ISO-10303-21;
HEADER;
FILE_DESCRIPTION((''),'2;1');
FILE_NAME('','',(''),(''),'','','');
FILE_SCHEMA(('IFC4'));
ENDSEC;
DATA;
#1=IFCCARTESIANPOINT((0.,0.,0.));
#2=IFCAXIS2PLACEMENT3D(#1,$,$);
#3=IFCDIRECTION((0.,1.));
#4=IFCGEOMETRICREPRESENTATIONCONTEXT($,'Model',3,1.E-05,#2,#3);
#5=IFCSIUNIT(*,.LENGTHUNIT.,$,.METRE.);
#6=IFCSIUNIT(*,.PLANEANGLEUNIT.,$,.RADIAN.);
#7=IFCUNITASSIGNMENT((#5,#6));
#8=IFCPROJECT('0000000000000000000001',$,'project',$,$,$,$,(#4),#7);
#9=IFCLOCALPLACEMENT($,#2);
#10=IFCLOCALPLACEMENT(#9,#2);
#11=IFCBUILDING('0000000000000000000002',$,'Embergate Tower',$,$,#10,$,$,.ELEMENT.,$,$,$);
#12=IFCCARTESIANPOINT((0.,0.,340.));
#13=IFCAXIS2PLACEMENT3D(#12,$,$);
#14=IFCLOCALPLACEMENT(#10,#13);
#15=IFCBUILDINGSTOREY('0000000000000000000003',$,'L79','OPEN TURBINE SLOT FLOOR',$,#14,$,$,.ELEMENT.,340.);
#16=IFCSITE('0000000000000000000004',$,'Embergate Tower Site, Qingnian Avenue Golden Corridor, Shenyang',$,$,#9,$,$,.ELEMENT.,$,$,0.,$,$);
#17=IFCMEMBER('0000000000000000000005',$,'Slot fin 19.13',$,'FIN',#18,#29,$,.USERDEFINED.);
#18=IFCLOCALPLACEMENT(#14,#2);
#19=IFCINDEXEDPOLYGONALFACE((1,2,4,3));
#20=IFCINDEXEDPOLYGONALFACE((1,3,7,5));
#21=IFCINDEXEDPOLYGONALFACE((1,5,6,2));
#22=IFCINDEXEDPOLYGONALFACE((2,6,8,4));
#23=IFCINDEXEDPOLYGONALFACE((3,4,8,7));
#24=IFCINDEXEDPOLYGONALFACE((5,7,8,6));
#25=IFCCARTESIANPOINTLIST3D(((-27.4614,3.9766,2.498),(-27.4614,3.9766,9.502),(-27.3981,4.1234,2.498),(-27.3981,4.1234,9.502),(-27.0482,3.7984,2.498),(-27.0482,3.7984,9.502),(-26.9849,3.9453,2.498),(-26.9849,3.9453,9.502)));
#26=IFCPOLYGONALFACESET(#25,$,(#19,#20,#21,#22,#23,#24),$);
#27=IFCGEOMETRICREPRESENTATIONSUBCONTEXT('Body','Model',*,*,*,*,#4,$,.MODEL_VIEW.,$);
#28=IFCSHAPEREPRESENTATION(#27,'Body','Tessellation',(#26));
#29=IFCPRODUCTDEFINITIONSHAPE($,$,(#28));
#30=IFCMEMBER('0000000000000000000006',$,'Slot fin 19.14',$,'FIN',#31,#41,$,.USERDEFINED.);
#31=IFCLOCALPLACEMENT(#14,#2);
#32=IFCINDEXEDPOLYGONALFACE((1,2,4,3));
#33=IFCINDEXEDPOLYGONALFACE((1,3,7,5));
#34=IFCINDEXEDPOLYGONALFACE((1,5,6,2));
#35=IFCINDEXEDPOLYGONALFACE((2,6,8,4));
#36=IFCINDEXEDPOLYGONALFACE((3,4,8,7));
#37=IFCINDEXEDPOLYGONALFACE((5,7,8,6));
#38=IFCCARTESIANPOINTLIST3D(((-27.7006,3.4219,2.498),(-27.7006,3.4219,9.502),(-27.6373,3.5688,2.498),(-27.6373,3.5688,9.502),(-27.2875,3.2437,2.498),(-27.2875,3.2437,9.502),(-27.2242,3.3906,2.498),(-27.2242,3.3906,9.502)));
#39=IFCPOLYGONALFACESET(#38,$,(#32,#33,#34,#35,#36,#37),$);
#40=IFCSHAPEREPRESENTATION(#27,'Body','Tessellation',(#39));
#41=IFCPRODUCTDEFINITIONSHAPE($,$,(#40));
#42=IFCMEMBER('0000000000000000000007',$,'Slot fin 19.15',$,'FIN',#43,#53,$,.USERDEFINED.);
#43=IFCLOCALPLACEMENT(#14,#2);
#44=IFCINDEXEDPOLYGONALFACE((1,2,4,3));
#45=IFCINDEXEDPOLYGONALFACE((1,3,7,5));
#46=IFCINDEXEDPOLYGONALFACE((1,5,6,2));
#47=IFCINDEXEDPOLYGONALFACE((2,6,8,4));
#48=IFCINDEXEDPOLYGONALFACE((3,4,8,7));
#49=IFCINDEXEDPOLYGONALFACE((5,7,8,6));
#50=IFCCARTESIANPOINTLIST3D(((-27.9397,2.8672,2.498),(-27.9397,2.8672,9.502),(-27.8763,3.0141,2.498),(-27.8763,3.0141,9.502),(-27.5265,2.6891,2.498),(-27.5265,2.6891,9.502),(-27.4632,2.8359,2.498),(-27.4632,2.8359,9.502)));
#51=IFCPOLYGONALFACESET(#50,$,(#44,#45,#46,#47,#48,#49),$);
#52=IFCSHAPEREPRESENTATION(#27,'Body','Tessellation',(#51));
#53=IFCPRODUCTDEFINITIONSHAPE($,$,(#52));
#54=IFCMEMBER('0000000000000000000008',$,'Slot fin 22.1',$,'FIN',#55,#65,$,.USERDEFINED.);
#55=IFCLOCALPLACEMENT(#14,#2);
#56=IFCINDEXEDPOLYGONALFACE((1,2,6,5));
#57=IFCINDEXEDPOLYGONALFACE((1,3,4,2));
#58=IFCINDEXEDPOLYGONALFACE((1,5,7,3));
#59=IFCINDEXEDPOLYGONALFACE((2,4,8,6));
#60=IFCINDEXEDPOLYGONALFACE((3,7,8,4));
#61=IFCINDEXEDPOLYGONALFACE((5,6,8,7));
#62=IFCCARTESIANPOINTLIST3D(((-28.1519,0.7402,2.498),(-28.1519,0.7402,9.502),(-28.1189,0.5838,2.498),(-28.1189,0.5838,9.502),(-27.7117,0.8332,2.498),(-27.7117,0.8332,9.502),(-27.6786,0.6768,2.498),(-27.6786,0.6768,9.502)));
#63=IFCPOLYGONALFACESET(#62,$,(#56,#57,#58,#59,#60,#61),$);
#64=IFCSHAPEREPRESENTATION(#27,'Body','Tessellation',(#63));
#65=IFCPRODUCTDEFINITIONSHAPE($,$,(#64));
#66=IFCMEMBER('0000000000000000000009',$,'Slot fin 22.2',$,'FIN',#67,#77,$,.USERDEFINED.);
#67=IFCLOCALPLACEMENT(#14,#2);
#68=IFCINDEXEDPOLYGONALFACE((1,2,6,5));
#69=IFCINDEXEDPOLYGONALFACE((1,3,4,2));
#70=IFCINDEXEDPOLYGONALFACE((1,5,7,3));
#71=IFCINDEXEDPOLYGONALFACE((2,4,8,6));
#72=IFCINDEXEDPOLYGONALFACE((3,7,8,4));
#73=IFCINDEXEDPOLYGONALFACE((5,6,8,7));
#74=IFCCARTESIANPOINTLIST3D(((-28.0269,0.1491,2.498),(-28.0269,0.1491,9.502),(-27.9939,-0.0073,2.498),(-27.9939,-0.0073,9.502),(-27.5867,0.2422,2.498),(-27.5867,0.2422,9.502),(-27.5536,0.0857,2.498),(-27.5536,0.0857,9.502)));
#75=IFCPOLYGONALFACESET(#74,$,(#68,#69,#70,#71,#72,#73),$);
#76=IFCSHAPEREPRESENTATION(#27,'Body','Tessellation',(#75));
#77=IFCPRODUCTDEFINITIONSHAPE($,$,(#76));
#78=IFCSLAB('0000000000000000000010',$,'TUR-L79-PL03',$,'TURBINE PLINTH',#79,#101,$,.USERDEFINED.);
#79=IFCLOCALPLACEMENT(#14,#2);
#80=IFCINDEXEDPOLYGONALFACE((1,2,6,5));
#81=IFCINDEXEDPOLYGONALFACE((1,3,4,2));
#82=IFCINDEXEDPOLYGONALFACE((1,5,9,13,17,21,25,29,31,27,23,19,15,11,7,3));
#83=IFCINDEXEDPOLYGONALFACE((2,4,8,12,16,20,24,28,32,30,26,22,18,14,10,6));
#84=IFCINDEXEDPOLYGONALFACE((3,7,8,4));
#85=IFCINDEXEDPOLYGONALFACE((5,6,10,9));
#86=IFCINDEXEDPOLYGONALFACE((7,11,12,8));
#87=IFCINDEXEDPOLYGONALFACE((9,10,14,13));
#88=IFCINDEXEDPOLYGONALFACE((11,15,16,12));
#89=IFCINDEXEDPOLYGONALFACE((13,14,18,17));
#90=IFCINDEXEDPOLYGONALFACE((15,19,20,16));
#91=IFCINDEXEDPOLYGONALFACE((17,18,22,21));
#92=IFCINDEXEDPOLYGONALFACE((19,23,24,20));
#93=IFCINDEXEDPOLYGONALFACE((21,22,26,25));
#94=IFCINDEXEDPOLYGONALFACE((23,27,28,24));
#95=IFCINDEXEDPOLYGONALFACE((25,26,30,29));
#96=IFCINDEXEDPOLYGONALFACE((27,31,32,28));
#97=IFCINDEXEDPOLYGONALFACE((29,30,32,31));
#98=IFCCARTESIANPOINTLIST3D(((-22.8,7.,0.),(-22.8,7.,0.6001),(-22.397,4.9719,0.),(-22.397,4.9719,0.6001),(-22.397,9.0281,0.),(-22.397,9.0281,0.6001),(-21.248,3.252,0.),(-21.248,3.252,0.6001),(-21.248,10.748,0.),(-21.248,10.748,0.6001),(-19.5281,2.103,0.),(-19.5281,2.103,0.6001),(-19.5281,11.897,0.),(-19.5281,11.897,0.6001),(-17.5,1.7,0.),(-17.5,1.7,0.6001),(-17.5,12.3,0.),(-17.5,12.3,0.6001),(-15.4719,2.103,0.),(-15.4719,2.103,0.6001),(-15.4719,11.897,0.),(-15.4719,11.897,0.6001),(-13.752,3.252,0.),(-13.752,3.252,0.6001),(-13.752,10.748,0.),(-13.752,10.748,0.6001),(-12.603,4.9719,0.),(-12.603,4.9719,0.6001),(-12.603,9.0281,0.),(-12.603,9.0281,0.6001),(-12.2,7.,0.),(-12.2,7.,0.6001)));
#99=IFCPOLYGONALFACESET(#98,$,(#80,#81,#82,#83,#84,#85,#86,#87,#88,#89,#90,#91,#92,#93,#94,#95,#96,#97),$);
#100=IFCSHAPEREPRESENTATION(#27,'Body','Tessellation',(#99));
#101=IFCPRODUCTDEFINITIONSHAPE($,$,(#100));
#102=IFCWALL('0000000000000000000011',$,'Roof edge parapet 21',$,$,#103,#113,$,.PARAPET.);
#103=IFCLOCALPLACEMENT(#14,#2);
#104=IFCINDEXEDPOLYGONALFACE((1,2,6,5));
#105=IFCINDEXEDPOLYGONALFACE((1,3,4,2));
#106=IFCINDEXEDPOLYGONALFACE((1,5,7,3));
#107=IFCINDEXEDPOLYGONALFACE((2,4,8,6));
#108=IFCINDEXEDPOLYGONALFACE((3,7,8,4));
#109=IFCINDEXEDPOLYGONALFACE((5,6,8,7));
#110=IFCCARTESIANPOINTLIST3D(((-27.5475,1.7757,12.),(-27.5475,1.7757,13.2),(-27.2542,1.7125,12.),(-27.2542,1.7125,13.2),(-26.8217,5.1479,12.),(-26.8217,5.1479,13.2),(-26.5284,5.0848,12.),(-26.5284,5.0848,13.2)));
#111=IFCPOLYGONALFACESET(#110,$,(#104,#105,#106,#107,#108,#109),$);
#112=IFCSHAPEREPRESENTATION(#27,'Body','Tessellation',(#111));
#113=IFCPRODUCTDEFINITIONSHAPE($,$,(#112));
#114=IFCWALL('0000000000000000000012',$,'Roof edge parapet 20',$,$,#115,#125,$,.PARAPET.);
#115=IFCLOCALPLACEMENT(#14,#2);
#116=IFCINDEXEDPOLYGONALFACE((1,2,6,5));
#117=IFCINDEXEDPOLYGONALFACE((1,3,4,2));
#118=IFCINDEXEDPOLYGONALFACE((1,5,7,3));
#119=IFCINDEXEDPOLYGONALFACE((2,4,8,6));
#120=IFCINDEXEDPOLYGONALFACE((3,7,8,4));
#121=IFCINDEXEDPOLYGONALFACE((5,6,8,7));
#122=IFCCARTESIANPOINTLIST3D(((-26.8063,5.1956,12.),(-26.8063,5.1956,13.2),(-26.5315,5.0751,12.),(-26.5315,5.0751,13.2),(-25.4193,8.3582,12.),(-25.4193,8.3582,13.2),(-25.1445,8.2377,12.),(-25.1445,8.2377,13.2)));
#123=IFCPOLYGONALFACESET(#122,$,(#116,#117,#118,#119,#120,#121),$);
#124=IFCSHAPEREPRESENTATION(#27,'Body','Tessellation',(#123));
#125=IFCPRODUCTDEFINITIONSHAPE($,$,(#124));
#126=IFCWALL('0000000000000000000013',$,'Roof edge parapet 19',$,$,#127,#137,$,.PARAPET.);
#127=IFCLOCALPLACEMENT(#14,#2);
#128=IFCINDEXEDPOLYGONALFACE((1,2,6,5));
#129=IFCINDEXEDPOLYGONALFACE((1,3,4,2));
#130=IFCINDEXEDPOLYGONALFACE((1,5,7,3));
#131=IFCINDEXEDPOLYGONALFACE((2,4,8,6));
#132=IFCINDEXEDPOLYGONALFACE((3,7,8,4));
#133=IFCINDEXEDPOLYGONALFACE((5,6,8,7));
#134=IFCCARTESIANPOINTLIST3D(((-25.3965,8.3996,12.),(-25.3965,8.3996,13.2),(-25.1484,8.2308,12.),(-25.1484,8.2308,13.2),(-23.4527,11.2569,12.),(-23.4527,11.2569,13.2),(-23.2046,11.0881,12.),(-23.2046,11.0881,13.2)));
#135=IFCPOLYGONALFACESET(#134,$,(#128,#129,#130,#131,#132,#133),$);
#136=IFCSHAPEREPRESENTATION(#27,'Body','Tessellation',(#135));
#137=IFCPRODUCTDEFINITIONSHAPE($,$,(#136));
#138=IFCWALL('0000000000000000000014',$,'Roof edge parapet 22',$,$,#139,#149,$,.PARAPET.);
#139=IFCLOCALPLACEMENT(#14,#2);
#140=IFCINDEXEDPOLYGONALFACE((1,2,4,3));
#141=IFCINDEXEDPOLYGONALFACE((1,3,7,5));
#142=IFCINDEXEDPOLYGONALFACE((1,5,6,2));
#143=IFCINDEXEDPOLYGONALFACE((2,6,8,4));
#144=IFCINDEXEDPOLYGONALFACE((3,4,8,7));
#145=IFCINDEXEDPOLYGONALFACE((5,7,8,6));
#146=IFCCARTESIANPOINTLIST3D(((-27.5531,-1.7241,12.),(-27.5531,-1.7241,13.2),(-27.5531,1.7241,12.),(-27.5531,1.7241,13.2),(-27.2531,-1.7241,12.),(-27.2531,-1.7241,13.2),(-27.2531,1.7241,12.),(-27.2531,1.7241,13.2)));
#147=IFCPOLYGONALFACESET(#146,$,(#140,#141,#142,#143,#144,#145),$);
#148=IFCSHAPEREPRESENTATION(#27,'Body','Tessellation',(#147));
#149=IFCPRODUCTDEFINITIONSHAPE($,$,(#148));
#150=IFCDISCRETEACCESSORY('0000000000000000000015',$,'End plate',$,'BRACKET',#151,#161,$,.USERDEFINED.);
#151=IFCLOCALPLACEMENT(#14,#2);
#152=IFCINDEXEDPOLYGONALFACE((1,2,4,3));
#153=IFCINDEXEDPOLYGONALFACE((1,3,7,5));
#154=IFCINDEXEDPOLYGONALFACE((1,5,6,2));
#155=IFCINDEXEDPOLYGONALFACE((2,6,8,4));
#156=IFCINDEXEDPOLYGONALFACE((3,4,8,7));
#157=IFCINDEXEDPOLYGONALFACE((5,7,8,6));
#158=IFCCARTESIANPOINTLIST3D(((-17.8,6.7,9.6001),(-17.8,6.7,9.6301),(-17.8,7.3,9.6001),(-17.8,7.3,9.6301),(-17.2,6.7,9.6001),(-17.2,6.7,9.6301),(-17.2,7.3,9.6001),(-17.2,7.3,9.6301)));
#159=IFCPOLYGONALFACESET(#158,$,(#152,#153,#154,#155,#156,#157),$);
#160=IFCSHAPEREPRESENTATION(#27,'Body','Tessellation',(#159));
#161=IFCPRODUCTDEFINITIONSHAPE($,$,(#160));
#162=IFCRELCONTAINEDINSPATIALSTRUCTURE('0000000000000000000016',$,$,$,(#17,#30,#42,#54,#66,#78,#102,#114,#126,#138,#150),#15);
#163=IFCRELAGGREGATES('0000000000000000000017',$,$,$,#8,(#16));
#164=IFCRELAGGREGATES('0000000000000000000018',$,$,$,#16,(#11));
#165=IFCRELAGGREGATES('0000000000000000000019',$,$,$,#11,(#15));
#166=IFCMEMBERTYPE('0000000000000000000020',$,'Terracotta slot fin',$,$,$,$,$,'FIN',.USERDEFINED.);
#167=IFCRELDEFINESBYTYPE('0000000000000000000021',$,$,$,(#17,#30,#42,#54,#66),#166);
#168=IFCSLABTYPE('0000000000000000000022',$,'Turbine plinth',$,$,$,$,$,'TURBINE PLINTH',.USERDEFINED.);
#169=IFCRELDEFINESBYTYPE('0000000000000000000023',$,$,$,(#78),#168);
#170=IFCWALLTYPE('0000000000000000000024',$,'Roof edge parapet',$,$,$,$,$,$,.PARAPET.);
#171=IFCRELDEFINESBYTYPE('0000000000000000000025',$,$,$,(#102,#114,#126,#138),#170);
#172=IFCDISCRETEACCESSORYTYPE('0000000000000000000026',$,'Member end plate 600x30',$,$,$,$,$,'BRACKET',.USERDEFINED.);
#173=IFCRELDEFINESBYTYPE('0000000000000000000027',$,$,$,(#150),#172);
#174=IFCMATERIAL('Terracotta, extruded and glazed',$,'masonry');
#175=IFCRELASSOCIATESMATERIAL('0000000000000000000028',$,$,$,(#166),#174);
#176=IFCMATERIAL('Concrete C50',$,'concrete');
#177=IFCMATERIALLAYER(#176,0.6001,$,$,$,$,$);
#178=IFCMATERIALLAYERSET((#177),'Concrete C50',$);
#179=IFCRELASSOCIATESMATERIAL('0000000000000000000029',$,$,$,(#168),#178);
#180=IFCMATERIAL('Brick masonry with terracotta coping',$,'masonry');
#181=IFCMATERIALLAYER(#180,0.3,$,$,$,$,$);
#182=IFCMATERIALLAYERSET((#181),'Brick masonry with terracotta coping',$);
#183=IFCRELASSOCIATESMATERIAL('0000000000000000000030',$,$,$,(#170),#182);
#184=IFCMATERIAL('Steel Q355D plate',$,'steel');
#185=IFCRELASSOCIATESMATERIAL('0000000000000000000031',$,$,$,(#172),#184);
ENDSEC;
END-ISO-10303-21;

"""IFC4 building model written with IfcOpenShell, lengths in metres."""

from ifc_helpers import new_model, si_unit, direction, frame, frame_2d, origin, origin_2d, place, context, subcontext, project, spatial, polyline, rectangle, outline, extrude, source, transform, mapped, material, layer, layer_set, material_profile, profile_set, type_object, element, save


model = new_model("IFC4")

# Units and contexts
model_context = context("Model", 3, precision=1e-05, world=origin(), true_north=direction((0.0, 1.0)))
body_context = subcontext(model_context, "Body", "Model", "MODEL_VIEW")
ifc_project = project(units=[si_unit("LENGTHUNIT", "METRE"), si_unit("PLANEANGLEUNIT", "RADIAN")], contexts=[model_context])

# Site, building, storey
site_placement = place(None, origin())
site = spatial("IfcSite", under=ifc_project, at=site_placement, Name="Embergate Tower Site, Qingnian Avenue Golden Corridor, Shenyang", CompositionType="ELEMENT", RefElevation=0.0)
building_placement = place(site_placement, origin())
building = spatial("IfcBuilding", under=site, at=building_placement, Name="Embergate Tower", CompositionType="ELEMENT")
storey_placement = place(building_placement, frame((0.0, 0.0, 340.0)))
storey = spatial("IfcBuildingStorey", under=building, at=storey_placement, Name="L79", Description="OPEN TURBINE SLOT FLOOR", CompositionType="ELEMENT", Elevation=340.0)

# Shared definitions
ifc_material_1 = material(Name="Concrete C50", Category="concrete")

# Members
ifc_material_2 = material(Name="Terracotta, extruded and glazed", Category="masonry")
ifc_material_profile_1 = material_profile(ifc_material_2, rectangle(XDim=0.45, YDim=0.1599, at=origin_2d()), Name="TC 450x160")
ifc_profile_set_1 = profile_set([ifc_material_profile_1], Name="Terracotta, extruded and glazed")
member_type_1 = type_object("IfcMemberType", Name="Terracotta slot fin", ElementType="FIN", PredefinedType="USERDEFINED", material=ifc_profile_set_1)
shared_shape_1 = source(origin(), body_context, "Body", "SweptSolid", [
    extrude(rectangle(XDim=0.45, YDim=0.1599, at=origin_2d()), origin(), (0.0, 0.0, 1.0), 7.0039),
])
for number, where, z_axis, x_axis, name in (
    (1, (-27.2231, 3.9609, 2.498), (0.0, 0.0, 1.0), (0.91825, -0.396002, 0.0), "Slot fin 19.13"),
    (2, (-27.4624, 3.4062, 2.498), (0.0, 0.0, 1.0), (0.91825, -0.396002, 0.0), "Slot fin 19.14"),
    (3, (-27.7014, 2.8516, 2.498), (0.0, 0.0, 1.0), (0.91825, -0.396002, 0.0), "Slot fin 19.15"),
    (4, (-27.9153, 0.7085, 2.498), (0.0, 0.0, 1.0), (0.978391, 0.206763, 0.0), "Slot fin 22.1"),
    (5, (-27.7903, 0.1174, 2.498), (0.0, 0.0, 1.0), (0.978391, 0.206763, 0.0), "Slot fin 22.2"),
):
    element("IfcMember", number, at=place(storey_placement, frame(where, z_axis=z_axis, x_axis=x_axis)), inside=storey, type_object=member_type_1, Name=name, ObjectType="FIN", PredefinedType="USERDEFINED", context=body_context, shape_type="MappedRepresentation", body=[
        mapped(shared_shape_1, transform((0.0, 0.0, 0.0))),
    ])

# Slab
ifc_layer_1 = layer(ifc_material_1, 0.6001)
ifc_layer_set_1 = layer_set([ifc_layer_1], Name="Concrete C50")
slab_type = type_object("IfcSlabType", Name="Turbine plinth", ElementType="TURBINE PLINTH", PredefinedType="USERDEFINED", material=ifc_layer_set_1)
shared_shape_2 = source(origin(), body_context, "Body", "SweptSolid", [
    extrude(outline(polyline([(0.0, 0.0), (2.0281, 0.4031), (3.748, 1.552), (4.897, 3.272), (5.3, 5.3), (4.897, 7.3281), (3.748, 9.0481), (2.0281, 10.197), (0.0, 10.6001), (-2.0281, 10.197), (-3.748, 9.0481), (-4.897, 7.3281), (-5.3, 5.3), (-4.897, 3.272), (-3.748, 1.552), (-2.0281, 0.4031), (0.0, 0.0)])), origin(), (0.0, 0.0, 1.0), 0.6001),
])
slab_placement = place(storey_placement, frame((-17.5, 1.7, 0.0)))
element("IfcSlab", 6, at=slab_placement, inside=storey, type_object=slab_type, Name="TUR-L79-PL03", ObjectType="TURBINE PLINTH", PredefinedType="USERDEFINED", context=body_context, shape_type="MappedRepresentation", body=[
    mapped(shared_shape_2, transform((0.0, 0.0, 0.0))),
])

# Walls
ifc_material_3 = material(Name="Brick masonry with terracotta coping", Category="masonry")
ifc_layer_2 = layer(ifc_material_3, 0.3)
ifc_layer_set_2 = layer_set([ifc_layer_2], Name="Brick masonry with terracotta coping")
wall_type = type_object("IfcWallType", Name="Roof edge parapet", PredefinedType="PARAPET", material=ifc_layer_set_2)
shared_shape_3 = source(origin(), body_context, "Body", "SweptSolid", [
    extrude(rectangle(XDim=3.4495, YDim=0.3, at=frame_2d((1.7246, 0.0))), origin(), (0.0, 0.0, 1.0), 1.2),
])
wall_1_placement = place(storey_placement, frame((-26.675, 5.1162, 12.0), z_axis=(0.0, 0.0, 1.0), x_axis=(-0.210414, -0.977612, 0.0)))
element("IfcWall", 7, at=wall_1_placement, inside=storey, type_object=wall_type, Name="Roof edge parapet 21", PredefinedType="PARAPET", context=body_context, shape_type="MappedRepresentation", body=[
    mapped(shared_shape_3, transform((0.0, 0.0, 0.0))),
])
shared_shape_4 = source(origin(), body_context, "Body", "SweptSolid", [
    extrude(rectangle(XDim=3.4534, YDim=0.3, at=frame_2d((1.7266, 0.0))), origin(), (0.0, 0.0, 1.0), 1.2),
])
wall_2_placement = place(storey_placement, frame((-25.282, 8.2979, 12.0), z_axis=(0.0, 0.0, 1.0), x_axis=(-0.401627, -0.915803, 0.0)))
element("IfcWall", 8, at=wall_2_placement, inside=storey, type_object=wall_type, Name="Roof edge parapet 20", PredefinedType="PARAPET", context=body_context, shape_type="MappedRepresentation", body=[
    mapped(shared_shape_4, transform((0.0, 0.0, 0.0))),
])
shared_shape_5 = source(origin(), body_context, "Body", "SweptSolid", [
    extrude(rectangle(XDim=3.4558, YDim=0.3, at=frame_2d((1.728, 0.0))), origin(), (0.0, 0.0, 1.0), 1.2),
])
wall_3_placement = place(storey_placement, frame((-23.3286, 11.1726, 12.0), z_axis=(0.0, 0.0, 1.0), x_axis=(-0.562468, -0.826819, 0.0)))
element("IfcWall", 9, at=wall_3_placement, inside=storey, type_object=wall_type, Name="Roof edge parapet 19", PredefinedType="PARAPET", context=body_context, shape_type="MappedRepresentation", body=[
    mapped(shared_shape_5, transform((0.0, 0.0, 0.0))),
])
shared_shape_6 = source(origin(), body_context, "Body", "SweptSolid", [
    extrude(rectangle(XDim=3.4482, YDim=0.3, at=frame_2d((1.7241, 0.0))), origin(), (0.0, 0.0, 1.0), 1.2),
])
wall_4_placement = place(storey_placement, frame((-27.4031, 1.7241, 12.0), z_axis=(0.0, 0.0, 1.0), x_axis=(0.0, -1.0, 0.0)))
element("IfcWall", 10, at=wall_4_placement, inside=storey, type_object=wall_type, Name="Roof edge parapet 22", PredefinedType="PARAPET", context=body_context, shape_type="MappedRepresentation", body=[
    mapped(shared_shape_6, transform((0.0, 0.0, 0.0))),
])

# Discrete accessory
ifc_material_4 = material(Name="Steel Q355D plate", Category="steel")
discrete_accessory_type = type_object("IfcDiscreteAccessoryType", Name="Member end plate 600x30", ElementType="BRACKET", PredefinedType="USERDEFINED", material=ifc_material_4)
shared_shape_7 = source(origin(), body_context, "Body", "SweptSolid", [
    extrude(rectangle(XDim=0.6001, YDim=0.6001, at=origin_2d()), origin(), (0.0, 0.0, 1.0), 0.03),
])
discrete_accessory_placement = place(storey_placement, frame((-17.5, 7.0, 9.6001), z_axis=(0.0, 0.0, 1.0), x_axis=(1.0, 0.0, 0.0)))
element("IfcDiscreteAccessory", 11, at=discrete_accessory_placement, inside=storey, type_object=discrete_accessory_type, Name="End plate", ObjectType="BRACKET", PredefinedType="USERDEFINED", context=body_context, shape_type="MappedRepresentation", body=[
    mapped(shared_shape_7, transform((0.0, 0.0, 0.0))),
])

save(model, "model.ifc")
